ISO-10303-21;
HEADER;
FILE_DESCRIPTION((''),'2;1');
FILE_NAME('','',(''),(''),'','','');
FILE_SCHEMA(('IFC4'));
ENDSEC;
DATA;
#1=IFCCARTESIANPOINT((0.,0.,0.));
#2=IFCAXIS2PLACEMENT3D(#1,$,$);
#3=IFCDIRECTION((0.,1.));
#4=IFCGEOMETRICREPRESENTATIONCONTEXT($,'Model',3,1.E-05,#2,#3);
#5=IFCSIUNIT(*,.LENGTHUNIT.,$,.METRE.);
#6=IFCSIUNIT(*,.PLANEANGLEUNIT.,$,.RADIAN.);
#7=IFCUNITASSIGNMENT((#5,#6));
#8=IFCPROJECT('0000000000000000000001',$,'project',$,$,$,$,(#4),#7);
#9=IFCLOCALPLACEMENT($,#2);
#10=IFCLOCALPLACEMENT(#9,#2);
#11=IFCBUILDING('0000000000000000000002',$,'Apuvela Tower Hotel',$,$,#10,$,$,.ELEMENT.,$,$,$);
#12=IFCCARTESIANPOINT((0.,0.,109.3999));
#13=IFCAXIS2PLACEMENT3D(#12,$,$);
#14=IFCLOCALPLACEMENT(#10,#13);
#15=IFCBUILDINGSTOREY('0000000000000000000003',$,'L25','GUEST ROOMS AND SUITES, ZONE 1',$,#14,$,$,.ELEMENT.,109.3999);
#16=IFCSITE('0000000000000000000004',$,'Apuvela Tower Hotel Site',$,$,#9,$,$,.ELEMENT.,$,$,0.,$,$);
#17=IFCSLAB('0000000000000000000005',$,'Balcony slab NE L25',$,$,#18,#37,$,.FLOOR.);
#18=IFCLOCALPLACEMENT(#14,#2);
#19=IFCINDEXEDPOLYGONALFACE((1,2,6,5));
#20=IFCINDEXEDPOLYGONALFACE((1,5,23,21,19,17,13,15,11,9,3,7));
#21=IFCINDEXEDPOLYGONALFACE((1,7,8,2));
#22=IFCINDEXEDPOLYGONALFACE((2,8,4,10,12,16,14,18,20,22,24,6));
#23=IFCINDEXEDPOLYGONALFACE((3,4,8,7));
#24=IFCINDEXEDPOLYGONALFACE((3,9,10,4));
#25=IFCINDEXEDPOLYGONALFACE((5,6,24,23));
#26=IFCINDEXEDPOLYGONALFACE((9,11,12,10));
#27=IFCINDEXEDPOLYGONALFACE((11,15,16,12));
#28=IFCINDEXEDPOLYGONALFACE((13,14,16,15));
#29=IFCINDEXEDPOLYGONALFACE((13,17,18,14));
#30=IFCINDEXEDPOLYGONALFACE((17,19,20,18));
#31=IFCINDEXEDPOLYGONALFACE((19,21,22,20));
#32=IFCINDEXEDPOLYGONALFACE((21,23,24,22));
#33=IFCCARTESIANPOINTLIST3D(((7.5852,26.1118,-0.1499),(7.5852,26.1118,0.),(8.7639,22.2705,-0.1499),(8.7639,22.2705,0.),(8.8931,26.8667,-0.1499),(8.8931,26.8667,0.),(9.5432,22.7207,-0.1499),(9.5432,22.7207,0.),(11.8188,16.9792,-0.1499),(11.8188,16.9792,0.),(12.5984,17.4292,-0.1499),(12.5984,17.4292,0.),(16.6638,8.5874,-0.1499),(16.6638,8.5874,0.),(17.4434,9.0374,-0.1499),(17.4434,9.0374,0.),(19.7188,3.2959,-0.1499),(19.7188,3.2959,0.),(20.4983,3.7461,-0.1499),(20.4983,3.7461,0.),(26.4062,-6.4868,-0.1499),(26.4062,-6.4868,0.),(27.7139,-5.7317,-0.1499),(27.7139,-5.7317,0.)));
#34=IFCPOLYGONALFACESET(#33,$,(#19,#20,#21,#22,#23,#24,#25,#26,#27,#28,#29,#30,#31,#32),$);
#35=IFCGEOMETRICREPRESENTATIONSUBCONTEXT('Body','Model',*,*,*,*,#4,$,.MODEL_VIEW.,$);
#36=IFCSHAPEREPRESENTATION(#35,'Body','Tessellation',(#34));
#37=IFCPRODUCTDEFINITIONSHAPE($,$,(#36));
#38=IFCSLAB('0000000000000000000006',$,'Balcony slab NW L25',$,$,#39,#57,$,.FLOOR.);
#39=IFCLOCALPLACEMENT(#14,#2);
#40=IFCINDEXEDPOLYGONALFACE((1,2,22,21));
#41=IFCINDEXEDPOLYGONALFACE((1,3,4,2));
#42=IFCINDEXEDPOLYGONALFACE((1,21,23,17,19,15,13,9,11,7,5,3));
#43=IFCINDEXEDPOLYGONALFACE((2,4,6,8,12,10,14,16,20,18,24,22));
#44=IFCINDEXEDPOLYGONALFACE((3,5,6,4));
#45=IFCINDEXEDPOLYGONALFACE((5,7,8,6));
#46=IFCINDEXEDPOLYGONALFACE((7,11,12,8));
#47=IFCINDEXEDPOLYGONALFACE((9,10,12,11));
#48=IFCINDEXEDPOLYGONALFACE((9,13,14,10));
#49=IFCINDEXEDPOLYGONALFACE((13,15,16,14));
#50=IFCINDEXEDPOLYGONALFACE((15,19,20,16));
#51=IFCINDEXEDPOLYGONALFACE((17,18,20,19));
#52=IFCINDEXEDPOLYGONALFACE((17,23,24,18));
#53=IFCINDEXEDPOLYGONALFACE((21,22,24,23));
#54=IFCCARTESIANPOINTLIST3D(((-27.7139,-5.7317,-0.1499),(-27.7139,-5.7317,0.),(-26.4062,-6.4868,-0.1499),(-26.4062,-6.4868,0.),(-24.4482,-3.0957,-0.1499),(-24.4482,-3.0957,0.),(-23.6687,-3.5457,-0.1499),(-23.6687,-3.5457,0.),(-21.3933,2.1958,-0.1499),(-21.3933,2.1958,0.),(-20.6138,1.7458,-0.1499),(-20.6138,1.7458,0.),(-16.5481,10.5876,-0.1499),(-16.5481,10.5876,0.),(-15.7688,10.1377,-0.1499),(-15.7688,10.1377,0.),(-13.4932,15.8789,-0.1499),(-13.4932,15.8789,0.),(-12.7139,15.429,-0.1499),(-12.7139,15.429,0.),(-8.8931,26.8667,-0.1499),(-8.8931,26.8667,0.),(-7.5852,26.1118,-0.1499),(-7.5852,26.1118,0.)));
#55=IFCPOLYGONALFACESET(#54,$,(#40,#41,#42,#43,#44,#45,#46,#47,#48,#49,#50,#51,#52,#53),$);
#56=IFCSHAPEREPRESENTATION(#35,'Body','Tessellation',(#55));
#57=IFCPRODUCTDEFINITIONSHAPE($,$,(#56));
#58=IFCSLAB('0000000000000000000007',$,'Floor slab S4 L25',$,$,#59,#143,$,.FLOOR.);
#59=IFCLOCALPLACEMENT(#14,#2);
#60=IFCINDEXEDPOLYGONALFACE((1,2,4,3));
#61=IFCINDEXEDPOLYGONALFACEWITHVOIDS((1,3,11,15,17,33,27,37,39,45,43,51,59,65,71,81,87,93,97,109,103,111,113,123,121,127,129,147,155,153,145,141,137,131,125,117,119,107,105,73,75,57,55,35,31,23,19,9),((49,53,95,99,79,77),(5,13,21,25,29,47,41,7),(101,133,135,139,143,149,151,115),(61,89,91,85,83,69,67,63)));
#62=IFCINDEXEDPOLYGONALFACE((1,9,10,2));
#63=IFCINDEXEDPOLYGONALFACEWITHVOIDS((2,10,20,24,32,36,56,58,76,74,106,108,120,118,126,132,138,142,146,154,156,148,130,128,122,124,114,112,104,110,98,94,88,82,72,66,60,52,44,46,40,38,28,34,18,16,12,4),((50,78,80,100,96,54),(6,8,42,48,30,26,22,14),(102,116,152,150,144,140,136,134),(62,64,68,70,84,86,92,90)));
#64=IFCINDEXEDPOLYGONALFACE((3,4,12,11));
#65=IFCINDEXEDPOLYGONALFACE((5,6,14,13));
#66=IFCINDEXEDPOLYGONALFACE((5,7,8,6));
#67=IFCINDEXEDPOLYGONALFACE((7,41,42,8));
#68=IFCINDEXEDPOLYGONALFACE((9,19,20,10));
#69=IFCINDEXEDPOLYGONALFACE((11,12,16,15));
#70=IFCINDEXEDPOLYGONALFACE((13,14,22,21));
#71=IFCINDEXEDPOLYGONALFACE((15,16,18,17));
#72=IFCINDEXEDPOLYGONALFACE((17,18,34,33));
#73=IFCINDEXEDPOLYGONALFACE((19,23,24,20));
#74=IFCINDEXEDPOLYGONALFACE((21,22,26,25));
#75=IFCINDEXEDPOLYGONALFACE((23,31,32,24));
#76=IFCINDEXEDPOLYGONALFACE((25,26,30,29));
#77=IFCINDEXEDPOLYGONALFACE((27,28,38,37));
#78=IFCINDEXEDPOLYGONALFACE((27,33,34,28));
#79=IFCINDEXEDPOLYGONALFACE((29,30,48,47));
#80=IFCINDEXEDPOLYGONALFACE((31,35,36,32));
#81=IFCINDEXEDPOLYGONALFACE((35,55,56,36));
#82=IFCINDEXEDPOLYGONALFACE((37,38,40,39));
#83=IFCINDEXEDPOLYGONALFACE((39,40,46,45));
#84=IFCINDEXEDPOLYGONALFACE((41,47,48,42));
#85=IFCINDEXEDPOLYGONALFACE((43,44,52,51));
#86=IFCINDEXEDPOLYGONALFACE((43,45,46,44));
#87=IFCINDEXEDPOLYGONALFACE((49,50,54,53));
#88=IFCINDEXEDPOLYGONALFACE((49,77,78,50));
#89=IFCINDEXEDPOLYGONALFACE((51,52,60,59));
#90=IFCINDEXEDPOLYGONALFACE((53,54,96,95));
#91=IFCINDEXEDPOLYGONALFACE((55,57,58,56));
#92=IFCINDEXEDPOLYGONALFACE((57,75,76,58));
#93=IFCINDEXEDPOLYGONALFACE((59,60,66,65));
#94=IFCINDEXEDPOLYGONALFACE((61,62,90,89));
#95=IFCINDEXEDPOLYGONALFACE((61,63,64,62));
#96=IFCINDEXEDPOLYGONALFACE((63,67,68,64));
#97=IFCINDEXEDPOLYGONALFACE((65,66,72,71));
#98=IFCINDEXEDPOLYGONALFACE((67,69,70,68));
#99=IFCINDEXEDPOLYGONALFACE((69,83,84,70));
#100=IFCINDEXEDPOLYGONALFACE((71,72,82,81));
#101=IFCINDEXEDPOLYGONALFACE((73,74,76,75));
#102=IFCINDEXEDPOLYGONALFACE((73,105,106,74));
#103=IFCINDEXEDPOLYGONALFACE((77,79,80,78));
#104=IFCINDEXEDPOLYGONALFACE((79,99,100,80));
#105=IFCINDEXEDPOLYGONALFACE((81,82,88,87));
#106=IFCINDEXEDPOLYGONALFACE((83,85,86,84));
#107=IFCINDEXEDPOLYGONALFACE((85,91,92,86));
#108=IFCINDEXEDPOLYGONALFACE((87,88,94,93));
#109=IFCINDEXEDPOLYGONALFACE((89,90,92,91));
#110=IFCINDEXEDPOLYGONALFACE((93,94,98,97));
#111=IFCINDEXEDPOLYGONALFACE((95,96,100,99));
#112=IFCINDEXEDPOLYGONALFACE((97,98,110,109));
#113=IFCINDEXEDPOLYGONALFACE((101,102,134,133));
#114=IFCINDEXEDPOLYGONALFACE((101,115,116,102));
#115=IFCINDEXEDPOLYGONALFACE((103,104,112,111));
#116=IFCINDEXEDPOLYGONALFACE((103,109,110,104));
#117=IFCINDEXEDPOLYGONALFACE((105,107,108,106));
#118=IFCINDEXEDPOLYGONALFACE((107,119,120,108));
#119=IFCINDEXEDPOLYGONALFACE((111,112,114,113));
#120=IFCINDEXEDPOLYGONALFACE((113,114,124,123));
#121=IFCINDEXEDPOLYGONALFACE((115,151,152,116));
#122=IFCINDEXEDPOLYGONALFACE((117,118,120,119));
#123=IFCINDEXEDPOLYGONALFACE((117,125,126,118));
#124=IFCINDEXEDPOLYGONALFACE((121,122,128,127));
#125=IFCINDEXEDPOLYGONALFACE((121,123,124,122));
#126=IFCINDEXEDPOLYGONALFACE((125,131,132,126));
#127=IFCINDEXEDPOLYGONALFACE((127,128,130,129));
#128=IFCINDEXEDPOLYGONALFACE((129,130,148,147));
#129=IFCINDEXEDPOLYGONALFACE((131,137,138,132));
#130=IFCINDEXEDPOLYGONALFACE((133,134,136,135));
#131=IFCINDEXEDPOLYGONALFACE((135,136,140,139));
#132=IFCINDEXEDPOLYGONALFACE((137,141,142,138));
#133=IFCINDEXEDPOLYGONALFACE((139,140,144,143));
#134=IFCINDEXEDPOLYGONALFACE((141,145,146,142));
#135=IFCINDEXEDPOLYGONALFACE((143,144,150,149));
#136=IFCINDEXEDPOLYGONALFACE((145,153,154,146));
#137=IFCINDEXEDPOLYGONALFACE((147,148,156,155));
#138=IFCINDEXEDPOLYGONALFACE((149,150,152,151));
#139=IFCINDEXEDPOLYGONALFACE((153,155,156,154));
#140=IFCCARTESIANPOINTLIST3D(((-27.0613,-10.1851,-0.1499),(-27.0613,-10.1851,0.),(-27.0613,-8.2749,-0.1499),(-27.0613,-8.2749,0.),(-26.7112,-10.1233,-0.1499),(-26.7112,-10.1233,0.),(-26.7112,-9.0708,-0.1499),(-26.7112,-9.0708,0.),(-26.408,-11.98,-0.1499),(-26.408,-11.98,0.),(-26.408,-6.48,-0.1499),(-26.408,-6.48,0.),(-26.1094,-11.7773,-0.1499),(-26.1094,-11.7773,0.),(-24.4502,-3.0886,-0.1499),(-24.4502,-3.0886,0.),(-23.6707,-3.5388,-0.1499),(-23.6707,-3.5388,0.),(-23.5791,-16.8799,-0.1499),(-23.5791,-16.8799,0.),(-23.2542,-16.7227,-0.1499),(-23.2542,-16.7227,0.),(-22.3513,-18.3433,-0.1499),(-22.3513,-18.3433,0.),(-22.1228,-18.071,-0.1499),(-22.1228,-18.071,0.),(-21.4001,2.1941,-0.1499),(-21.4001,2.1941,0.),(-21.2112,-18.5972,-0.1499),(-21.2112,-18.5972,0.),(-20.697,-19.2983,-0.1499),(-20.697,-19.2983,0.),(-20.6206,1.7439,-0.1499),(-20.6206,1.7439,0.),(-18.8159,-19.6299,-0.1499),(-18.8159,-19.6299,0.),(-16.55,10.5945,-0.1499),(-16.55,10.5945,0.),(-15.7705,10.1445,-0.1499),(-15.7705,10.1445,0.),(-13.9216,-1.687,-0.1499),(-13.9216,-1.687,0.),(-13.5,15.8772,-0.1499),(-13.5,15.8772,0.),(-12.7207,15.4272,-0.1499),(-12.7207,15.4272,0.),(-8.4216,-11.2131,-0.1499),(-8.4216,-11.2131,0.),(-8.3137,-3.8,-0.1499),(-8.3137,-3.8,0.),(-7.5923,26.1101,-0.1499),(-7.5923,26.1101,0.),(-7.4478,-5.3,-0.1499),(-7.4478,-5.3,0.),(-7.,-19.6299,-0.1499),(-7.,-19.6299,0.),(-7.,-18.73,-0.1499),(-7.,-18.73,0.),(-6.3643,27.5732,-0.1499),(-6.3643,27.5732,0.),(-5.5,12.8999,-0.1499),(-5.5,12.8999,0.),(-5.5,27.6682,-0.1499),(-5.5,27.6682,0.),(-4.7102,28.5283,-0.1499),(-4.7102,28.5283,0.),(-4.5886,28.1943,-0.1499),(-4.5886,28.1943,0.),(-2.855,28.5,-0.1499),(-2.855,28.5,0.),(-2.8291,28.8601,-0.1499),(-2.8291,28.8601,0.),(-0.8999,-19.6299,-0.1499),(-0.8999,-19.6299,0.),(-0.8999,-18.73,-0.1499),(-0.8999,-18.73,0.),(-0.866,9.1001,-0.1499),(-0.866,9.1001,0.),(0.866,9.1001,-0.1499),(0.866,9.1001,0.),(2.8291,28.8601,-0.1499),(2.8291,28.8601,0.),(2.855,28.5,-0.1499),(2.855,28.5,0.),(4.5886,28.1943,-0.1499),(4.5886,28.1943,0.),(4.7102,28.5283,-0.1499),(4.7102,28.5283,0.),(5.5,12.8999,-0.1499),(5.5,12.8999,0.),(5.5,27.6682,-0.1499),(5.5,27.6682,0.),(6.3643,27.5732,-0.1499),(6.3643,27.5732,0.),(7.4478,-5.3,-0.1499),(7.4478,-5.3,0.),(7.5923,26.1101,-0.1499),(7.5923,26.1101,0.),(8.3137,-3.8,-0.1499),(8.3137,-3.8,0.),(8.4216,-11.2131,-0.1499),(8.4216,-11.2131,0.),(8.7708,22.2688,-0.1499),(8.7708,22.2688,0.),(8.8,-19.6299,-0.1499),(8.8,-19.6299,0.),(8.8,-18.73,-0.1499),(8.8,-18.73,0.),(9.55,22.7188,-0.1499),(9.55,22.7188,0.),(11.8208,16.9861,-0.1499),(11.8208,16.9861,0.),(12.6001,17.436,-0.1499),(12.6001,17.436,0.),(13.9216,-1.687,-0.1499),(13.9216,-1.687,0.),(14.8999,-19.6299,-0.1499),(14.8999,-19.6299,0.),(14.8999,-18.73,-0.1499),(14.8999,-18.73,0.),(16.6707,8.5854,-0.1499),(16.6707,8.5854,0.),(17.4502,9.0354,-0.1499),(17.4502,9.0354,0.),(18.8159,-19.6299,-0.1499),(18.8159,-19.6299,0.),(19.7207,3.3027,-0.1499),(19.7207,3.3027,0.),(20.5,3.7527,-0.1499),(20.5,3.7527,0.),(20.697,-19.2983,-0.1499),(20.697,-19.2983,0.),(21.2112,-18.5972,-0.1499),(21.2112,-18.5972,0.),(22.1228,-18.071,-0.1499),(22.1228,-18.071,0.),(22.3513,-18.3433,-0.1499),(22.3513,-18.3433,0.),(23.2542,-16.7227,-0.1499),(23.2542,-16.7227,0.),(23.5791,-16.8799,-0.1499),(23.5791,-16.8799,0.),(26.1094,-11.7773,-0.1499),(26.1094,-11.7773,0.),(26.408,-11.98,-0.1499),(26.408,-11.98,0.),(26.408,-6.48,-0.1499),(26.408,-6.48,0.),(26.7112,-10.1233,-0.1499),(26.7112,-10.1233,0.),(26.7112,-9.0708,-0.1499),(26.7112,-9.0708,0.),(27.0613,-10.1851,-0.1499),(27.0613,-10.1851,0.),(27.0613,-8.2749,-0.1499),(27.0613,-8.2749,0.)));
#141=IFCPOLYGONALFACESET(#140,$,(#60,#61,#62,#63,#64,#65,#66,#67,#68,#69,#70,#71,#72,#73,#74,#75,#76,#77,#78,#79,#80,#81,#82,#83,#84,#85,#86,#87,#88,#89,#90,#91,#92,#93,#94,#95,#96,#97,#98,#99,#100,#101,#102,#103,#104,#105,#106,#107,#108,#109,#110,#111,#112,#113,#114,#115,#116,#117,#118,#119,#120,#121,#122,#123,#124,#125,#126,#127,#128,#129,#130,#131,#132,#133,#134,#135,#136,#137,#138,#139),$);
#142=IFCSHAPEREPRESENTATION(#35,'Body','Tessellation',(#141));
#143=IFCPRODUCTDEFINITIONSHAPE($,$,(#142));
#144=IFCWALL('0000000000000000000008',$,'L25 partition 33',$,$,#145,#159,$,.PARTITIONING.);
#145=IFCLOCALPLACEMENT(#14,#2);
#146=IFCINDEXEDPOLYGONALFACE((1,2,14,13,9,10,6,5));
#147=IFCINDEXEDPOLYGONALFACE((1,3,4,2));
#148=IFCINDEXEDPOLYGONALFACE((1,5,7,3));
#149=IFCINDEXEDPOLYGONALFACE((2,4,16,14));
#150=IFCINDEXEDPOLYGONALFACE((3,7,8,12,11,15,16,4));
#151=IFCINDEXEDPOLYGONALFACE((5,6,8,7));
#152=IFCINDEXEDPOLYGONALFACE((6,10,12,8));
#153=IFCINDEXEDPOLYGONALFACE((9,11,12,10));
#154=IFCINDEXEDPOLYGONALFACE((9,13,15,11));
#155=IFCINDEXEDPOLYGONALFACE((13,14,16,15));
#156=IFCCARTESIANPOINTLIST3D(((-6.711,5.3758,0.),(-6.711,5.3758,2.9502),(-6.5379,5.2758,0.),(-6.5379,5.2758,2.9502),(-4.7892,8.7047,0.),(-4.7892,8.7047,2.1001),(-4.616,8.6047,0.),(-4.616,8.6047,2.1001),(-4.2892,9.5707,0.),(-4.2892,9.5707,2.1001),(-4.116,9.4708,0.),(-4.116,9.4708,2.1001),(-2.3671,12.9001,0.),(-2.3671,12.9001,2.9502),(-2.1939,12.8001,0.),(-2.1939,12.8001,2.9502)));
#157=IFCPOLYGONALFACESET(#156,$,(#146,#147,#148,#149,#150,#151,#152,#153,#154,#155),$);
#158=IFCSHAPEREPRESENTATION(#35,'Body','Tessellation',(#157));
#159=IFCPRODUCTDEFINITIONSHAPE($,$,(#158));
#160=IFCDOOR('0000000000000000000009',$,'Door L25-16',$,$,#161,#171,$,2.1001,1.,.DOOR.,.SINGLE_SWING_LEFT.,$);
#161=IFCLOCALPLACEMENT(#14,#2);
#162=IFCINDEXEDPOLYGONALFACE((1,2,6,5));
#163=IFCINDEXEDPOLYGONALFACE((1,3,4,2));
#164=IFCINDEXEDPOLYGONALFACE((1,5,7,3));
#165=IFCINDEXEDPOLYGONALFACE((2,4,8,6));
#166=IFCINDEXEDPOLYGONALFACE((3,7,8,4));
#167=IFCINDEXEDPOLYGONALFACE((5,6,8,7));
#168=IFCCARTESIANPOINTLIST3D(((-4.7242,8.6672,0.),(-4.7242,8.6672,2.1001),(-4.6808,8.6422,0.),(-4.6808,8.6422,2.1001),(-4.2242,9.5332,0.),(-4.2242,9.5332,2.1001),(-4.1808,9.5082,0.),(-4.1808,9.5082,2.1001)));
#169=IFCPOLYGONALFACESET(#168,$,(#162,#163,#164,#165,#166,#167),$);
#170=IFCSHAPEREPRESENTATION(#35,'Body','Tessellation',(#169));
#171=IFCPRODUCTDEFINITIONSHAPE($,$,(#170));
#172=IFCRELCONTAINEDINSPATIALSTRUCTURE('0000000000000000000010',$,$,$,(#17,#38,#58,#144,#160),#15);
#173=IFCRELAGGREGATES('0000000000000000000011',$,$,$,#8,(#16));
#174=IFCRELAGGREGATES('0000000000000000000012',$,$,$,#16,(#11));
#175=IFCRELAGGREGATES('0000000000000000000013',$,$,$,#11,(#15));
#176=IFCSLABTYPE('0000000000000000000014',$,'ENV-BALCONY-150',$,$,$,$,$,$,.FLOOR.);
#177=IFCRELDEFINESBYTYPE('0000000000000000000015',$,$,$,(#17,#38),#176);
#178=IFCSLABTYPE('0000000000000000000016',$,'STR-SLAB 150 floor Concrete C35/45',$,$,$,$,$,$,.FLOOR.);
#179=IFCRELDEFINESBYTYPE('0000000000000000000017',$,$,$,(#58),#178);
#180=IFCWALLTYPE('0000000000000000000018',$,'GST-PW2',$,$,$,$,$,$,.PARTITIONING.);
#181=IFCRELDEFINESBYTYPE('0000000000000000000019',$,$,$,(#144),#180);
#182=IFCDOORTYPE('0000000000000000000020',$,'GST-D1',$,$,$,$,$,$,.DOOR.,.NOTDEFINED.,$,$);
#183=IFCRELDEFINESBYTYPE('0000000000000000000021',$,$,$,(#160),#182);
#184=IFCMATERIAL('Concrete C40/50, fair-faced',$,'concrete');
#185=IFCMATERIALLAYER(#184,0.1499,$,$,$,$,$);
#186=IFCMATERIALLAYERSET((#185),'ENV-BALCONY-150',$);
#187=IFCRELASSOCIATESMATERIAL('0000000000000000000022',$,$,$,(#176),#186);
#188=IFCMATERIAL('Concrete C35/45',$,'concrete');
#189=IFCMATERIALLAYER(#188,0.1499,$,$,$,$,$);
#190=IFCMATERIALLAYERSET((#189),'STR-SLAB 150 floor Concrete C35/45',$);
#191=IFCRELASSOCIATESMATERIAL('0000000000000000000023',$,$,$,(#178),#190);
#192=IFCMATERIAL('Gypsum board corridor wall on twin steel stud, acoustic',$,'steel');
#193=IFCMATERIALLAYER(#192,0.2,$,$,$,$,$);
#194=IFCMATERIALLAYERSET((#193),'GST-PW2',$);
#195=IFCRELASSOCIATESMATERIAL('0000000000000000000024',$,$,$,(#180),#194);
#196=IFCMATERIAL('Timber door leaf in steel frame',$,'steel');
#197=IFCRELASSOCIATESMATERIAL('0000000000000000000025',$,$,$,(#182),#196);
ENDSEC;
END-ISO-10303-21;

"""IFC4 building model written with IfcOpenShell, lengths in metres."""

from ifc_helpers import new_model, si_unit, direction, frame, frame_2d, origin, place, context, subcontext, project, spatial, polyline, rectangle, outline, extrude, material, layer, layer_set, type_object, element, fill, save


model = new_model("IFC4")

# Units and contexts
model_context = context("Model", 3, precision=1e-05, world=origin(), true_north=direction((0.0, 1.0)))
body_context = subcontext(model_context, "Body", "Model", "MODEL_VIEW")
ifc_project = project(units=[si_unit("LENGTHUNIT", "METRE"), si_unit("PLANEANGLEUNIT", "RADIAN")], contexts=[model_context])

# Site, building, storey
site_placement = place(None, origin())
site = spatial("IfcSite", under=ifc_project, at=site_placement, Name="Apuvela Tower Hotel Site", CompositionType="ELEMENT", RefElevation=0.0)
building_placement = place(site_placement, origin())
building = spatial("IfcBuilding", under=site, at=building_placement, Name="Apuvela Tower Hotel", CompositionType="ELEMENT")
storey_placement = place(building_placement, frame((0.0, 0.0, 109.3999)))
storey = spatial("IfcBuildingStorey", under=building, at=storey_placement, Name="L25", Description="GUEST ROOMS AND SUITES, ZONE 1", CompositionType="ELEMENT", Elevation=109.3999)

# Slabs
ifc_material_1 = material(Name="Concrete C40/50, fair-faced", Category="concrete")
ifc_layer_1 = layer(ifc_material_1, 0.1499)
ifc_layer_set_1 = layer_set([ifc_layer_1], Name="ENV-BALCONY-150")
slab_type_1 = type_object("IfcSlabType", Name="ENV-BALCONY-150", PredefinedType="FLOOR", material=ifc_layer_set_1)
slab_1_placement = place(storey_placement, frame((0.0, 0.0, -0.1499)))
element("IfcSlab", 1, at=slab_1_placement, inside=storey, type_object=slab_type_1, Name="Balcony slab NE L25", PredefinedType="FLOOR", context=body_context, shape_type="SweptSolid", body=[
    extrude(outline(polyline([(17.4434, 9.0374), (12.5984, 17.4292), (11.8188, 16.9792), (8.7639, 22.2705), (9.5432, 22.7207), (7.5852, 26.1118), (8.8931, 26.8667), (27.7139, -5.7317), (26.4062, -6.4868), (20.4983, 3.7461), (19.7188, 3.2959), (16.6638, 8.5874), (17.4434, 9.0374)])), origin(), (0.0, 0.0, 1.0), 0.1499),
])
slab_2_placement = place(storey_placement, frame((0.0, 0.0, -0.1499)))
element("IfcSlab", 2, at=slab_2_placement, inside=storey, type_object=slab_type_1, Name="Balcony slab NW L25", PredefinedType="FLOOR", context=body_context, shape_type="SweptSolid", body=[
    extrude(outline(polyline([(-27.7139, -5.7317), (-8.8931, 26.8667), (-7.5852, 26.1118), (-13.4932, 15.8789), (-12.7139, 15.429), (-15.7688, 10.1377), (-16.5481, 10.5876), (-21.3933, 2.1958), (-20.6138, 1.7458), (-23.6687, -3.5457), (-24.4482, -3.0957), (-26.4062, -6.4868), (-27.7139, -5.7317)])), origin(), (0.0, 0.0, 1.0), 0.1499),
])
ifc_material_2 = material(Name="Concrete C35/45", Category="concrete")
ifc_layer_2 = layer(ifc_material_2, 0.1499)
ifc_layer_set_2 = layer_set([ifc_layer_2], Name="STR-SLAB 150 floor Concrete C35/45")
slab_type_2 = type_object("IfcSlabType", Name="STR-SLAB 150 floor Concrete C35/45", PredefinedType="FLOOR", material=ifc_layer_set_2)
slab_3_placement = place(storey_placement, frame((0.0, 0.0, -0.1499)))
element("IfcSlab", 3, at=slab_3_placement, inside=storey, type_object=slab_type_2, Name="Floor slab S4 L25", PredefinedType="FLOOR", context=body_context, shape_type="SweptSolid", body=[
    extrude(outline(polyline([(-6.3643, 27.5732), (-4.7102, 28.5283), (-2.8291, 28.8601), (2.8291, 28.8601), (4.7102, 28.5283), (6.3643, 27.5732), (7.5923, 26.1101), (9.55, 22.7188), (8.7708, 22.2688), (11.8208, 16.9861), (12.6001, 17.436), (17.4502, 9.0354), (16.6707, 8.5854), (19.7207, 3.3027), (20.5, 3.7527), (26.408, -6.48), (27.0613, -8.2749), (27.0613, -10.1851), (26.408, -11.98), (23.5791, -16.8799), (22.3513, -18.3433), (20.697, -19.2983), (18.8159, -19.6299), (14.8999, -19.6299), (14.8999, -18.73), (8.8, -18.73), (8.8, -19.6299), (-0.8999, -19.6299), (-0.8999, -18.73), (-7.0, -18.73), (-7.0, -19.6299), (-18.8159, -19.6299), (-20.697, -19.2983), (-22.3513, -18.3433), (-23.5791, -16.8799), (-26.408, -11.98), (-27.0613, -10.1851), (-27.0613, -8.2749), (-26.408, -6.48), (-24.4502, -3.0886), (-23.6707, -3.5388), (-20.6206, 1.7439), (-21.4001, 2.1941), (-16.55, 10.5945), (-15.7705, 10.1445), (-12.7207, 15.4272), (-13.5, 15.8772), (-7.5923, 26.1101), (-6.3643, 27.5732)]), holes=[polyline([(0.866, 9.1001), (-0.866, 9.1001), (-8.3137, -3.8), (-7.4478, -5.3), (7.4478, -5.3), (8.3137, -3.8), (0.866, 9.1001)]), polyline([(-5.5, 12.8999), (-5.5, 27.6682), (-4.5886, 28.1943), (-2.855, 28.5), (2.855, 28.5), (4.5886, 28.1943), (5.5, 27.6682), (5.5, 12.8999), (-5.5, 12.8999)]), polyline([(-8.4216, -11.2131), (-21.2112, -18.5972), (-22.1228, -18.071), (-23.2542, -16.7227), (-26.1094, -11.7773), (-26.7112, -10.1233), (-26.7112, -9.0708), (-13.9216, -1.687), (-8.4216, -11.2131)]), polyline([(13.9216, -1.687), (26.7112, -9.0708), (26.7112, -10.1233), (26.1094, -11.7773), (23.2542, -16.7227), (22.1228, -18.071), (21.2112, -18.5972), (8.4216, -11.2131), (13.9216, -1.687)])]), origin(), (0.0, 0.0, 1.0), 0.1499),
])

# Wall, opening, door
ifc_material_3 = material(Name="Gypsum board corridor wall on twin steel stud, acoustic", Category="steel")
ifc_layer_3 = layer(ifc_material_3, 0.2)
ifc_layer_set_3 = layer_set([ifc_layer_3], Name="GST-PW2")
wall_type_1 = type_object("IfcWallType", Name="GST-PW2", PredefinedType="PARTITIONING", material=ifc_layer_set_3)
wall_1_placement = place(storey_placement, frame((-6.6245, 5.3257, 0.0), z_axis=(0.0, 0.0, 1.0), x_axis=(0.49998, 0.866037, 0.0)))
wall_1 = element("IfcWall", 4, at=wall_1_placement, inside=storey, type_object=wall_type_1, Name="L25 partition 33", PredefinedType="PARTITIONING", context=body_context, shape_type="SweptSolid", body=[
    extrude(rectangle(XDim=8.6882, YDim=0.2, at=frame_2d((4.3442, 0.0))), origin(), (0.0, 0.0, 1.0), 2.9502),
])
opening_1_placement = place(wall_1_placement, frame((3.844, 0.0, 0.0)))
opening_1 = element("IfcOpeningElement", 5, at=opening_1_placement, cuts=wall_1, PredefinedType="OPENING", context=body_context, shape_type="SweptSolid", body=[
    extrude(rectangle(XDim=1.0, YDim=2.1001, at=frame_2d((0.5, 1.05))), frame((0.0, 0.1099, 0.0), z_axis=(0.0, -1.0, 0.0), x_axis=(1.0, 0.0, 0.0)), (0.0, 0.0, 1.0), 0.22),
])
ifc_material_4 = material(Name="Timber door leaf in steel frame", Category="steel")
door_type_1 = type_object("IfcDoorType", Name="GST-D1", OperationType="NOTDEFINED", PredefinedType="DOOR", material=ifc_material_4)
door_1_placement = place(opening_1_placement, origin())
door_1 = element("IfcDoor", 6, at=door_1_placement, inside=storey, type_object=door_type_1, Name="Door L25-16", OperationType="SINGLE_SWING_LEFT", OverallHeight=2.1001, OverallWidth=1.0, PredefinedType="DOOR", context=body_context, shape_type="SweptSolid", body=[
    extrude(rectangle(XDim=1.0, YDim=2.1001, at=frame_2d((0.5, 1.05))), frame((0.0, 0.0249, 0.0), z_axis=(0.0, -1.0, 0.0), x_axis=(1.0, 0.0, 0.0)), (0.0, 0.0, 1.0), 0.05),
])
fill(opening_1, door_1)

save(model, "model.ifc")
